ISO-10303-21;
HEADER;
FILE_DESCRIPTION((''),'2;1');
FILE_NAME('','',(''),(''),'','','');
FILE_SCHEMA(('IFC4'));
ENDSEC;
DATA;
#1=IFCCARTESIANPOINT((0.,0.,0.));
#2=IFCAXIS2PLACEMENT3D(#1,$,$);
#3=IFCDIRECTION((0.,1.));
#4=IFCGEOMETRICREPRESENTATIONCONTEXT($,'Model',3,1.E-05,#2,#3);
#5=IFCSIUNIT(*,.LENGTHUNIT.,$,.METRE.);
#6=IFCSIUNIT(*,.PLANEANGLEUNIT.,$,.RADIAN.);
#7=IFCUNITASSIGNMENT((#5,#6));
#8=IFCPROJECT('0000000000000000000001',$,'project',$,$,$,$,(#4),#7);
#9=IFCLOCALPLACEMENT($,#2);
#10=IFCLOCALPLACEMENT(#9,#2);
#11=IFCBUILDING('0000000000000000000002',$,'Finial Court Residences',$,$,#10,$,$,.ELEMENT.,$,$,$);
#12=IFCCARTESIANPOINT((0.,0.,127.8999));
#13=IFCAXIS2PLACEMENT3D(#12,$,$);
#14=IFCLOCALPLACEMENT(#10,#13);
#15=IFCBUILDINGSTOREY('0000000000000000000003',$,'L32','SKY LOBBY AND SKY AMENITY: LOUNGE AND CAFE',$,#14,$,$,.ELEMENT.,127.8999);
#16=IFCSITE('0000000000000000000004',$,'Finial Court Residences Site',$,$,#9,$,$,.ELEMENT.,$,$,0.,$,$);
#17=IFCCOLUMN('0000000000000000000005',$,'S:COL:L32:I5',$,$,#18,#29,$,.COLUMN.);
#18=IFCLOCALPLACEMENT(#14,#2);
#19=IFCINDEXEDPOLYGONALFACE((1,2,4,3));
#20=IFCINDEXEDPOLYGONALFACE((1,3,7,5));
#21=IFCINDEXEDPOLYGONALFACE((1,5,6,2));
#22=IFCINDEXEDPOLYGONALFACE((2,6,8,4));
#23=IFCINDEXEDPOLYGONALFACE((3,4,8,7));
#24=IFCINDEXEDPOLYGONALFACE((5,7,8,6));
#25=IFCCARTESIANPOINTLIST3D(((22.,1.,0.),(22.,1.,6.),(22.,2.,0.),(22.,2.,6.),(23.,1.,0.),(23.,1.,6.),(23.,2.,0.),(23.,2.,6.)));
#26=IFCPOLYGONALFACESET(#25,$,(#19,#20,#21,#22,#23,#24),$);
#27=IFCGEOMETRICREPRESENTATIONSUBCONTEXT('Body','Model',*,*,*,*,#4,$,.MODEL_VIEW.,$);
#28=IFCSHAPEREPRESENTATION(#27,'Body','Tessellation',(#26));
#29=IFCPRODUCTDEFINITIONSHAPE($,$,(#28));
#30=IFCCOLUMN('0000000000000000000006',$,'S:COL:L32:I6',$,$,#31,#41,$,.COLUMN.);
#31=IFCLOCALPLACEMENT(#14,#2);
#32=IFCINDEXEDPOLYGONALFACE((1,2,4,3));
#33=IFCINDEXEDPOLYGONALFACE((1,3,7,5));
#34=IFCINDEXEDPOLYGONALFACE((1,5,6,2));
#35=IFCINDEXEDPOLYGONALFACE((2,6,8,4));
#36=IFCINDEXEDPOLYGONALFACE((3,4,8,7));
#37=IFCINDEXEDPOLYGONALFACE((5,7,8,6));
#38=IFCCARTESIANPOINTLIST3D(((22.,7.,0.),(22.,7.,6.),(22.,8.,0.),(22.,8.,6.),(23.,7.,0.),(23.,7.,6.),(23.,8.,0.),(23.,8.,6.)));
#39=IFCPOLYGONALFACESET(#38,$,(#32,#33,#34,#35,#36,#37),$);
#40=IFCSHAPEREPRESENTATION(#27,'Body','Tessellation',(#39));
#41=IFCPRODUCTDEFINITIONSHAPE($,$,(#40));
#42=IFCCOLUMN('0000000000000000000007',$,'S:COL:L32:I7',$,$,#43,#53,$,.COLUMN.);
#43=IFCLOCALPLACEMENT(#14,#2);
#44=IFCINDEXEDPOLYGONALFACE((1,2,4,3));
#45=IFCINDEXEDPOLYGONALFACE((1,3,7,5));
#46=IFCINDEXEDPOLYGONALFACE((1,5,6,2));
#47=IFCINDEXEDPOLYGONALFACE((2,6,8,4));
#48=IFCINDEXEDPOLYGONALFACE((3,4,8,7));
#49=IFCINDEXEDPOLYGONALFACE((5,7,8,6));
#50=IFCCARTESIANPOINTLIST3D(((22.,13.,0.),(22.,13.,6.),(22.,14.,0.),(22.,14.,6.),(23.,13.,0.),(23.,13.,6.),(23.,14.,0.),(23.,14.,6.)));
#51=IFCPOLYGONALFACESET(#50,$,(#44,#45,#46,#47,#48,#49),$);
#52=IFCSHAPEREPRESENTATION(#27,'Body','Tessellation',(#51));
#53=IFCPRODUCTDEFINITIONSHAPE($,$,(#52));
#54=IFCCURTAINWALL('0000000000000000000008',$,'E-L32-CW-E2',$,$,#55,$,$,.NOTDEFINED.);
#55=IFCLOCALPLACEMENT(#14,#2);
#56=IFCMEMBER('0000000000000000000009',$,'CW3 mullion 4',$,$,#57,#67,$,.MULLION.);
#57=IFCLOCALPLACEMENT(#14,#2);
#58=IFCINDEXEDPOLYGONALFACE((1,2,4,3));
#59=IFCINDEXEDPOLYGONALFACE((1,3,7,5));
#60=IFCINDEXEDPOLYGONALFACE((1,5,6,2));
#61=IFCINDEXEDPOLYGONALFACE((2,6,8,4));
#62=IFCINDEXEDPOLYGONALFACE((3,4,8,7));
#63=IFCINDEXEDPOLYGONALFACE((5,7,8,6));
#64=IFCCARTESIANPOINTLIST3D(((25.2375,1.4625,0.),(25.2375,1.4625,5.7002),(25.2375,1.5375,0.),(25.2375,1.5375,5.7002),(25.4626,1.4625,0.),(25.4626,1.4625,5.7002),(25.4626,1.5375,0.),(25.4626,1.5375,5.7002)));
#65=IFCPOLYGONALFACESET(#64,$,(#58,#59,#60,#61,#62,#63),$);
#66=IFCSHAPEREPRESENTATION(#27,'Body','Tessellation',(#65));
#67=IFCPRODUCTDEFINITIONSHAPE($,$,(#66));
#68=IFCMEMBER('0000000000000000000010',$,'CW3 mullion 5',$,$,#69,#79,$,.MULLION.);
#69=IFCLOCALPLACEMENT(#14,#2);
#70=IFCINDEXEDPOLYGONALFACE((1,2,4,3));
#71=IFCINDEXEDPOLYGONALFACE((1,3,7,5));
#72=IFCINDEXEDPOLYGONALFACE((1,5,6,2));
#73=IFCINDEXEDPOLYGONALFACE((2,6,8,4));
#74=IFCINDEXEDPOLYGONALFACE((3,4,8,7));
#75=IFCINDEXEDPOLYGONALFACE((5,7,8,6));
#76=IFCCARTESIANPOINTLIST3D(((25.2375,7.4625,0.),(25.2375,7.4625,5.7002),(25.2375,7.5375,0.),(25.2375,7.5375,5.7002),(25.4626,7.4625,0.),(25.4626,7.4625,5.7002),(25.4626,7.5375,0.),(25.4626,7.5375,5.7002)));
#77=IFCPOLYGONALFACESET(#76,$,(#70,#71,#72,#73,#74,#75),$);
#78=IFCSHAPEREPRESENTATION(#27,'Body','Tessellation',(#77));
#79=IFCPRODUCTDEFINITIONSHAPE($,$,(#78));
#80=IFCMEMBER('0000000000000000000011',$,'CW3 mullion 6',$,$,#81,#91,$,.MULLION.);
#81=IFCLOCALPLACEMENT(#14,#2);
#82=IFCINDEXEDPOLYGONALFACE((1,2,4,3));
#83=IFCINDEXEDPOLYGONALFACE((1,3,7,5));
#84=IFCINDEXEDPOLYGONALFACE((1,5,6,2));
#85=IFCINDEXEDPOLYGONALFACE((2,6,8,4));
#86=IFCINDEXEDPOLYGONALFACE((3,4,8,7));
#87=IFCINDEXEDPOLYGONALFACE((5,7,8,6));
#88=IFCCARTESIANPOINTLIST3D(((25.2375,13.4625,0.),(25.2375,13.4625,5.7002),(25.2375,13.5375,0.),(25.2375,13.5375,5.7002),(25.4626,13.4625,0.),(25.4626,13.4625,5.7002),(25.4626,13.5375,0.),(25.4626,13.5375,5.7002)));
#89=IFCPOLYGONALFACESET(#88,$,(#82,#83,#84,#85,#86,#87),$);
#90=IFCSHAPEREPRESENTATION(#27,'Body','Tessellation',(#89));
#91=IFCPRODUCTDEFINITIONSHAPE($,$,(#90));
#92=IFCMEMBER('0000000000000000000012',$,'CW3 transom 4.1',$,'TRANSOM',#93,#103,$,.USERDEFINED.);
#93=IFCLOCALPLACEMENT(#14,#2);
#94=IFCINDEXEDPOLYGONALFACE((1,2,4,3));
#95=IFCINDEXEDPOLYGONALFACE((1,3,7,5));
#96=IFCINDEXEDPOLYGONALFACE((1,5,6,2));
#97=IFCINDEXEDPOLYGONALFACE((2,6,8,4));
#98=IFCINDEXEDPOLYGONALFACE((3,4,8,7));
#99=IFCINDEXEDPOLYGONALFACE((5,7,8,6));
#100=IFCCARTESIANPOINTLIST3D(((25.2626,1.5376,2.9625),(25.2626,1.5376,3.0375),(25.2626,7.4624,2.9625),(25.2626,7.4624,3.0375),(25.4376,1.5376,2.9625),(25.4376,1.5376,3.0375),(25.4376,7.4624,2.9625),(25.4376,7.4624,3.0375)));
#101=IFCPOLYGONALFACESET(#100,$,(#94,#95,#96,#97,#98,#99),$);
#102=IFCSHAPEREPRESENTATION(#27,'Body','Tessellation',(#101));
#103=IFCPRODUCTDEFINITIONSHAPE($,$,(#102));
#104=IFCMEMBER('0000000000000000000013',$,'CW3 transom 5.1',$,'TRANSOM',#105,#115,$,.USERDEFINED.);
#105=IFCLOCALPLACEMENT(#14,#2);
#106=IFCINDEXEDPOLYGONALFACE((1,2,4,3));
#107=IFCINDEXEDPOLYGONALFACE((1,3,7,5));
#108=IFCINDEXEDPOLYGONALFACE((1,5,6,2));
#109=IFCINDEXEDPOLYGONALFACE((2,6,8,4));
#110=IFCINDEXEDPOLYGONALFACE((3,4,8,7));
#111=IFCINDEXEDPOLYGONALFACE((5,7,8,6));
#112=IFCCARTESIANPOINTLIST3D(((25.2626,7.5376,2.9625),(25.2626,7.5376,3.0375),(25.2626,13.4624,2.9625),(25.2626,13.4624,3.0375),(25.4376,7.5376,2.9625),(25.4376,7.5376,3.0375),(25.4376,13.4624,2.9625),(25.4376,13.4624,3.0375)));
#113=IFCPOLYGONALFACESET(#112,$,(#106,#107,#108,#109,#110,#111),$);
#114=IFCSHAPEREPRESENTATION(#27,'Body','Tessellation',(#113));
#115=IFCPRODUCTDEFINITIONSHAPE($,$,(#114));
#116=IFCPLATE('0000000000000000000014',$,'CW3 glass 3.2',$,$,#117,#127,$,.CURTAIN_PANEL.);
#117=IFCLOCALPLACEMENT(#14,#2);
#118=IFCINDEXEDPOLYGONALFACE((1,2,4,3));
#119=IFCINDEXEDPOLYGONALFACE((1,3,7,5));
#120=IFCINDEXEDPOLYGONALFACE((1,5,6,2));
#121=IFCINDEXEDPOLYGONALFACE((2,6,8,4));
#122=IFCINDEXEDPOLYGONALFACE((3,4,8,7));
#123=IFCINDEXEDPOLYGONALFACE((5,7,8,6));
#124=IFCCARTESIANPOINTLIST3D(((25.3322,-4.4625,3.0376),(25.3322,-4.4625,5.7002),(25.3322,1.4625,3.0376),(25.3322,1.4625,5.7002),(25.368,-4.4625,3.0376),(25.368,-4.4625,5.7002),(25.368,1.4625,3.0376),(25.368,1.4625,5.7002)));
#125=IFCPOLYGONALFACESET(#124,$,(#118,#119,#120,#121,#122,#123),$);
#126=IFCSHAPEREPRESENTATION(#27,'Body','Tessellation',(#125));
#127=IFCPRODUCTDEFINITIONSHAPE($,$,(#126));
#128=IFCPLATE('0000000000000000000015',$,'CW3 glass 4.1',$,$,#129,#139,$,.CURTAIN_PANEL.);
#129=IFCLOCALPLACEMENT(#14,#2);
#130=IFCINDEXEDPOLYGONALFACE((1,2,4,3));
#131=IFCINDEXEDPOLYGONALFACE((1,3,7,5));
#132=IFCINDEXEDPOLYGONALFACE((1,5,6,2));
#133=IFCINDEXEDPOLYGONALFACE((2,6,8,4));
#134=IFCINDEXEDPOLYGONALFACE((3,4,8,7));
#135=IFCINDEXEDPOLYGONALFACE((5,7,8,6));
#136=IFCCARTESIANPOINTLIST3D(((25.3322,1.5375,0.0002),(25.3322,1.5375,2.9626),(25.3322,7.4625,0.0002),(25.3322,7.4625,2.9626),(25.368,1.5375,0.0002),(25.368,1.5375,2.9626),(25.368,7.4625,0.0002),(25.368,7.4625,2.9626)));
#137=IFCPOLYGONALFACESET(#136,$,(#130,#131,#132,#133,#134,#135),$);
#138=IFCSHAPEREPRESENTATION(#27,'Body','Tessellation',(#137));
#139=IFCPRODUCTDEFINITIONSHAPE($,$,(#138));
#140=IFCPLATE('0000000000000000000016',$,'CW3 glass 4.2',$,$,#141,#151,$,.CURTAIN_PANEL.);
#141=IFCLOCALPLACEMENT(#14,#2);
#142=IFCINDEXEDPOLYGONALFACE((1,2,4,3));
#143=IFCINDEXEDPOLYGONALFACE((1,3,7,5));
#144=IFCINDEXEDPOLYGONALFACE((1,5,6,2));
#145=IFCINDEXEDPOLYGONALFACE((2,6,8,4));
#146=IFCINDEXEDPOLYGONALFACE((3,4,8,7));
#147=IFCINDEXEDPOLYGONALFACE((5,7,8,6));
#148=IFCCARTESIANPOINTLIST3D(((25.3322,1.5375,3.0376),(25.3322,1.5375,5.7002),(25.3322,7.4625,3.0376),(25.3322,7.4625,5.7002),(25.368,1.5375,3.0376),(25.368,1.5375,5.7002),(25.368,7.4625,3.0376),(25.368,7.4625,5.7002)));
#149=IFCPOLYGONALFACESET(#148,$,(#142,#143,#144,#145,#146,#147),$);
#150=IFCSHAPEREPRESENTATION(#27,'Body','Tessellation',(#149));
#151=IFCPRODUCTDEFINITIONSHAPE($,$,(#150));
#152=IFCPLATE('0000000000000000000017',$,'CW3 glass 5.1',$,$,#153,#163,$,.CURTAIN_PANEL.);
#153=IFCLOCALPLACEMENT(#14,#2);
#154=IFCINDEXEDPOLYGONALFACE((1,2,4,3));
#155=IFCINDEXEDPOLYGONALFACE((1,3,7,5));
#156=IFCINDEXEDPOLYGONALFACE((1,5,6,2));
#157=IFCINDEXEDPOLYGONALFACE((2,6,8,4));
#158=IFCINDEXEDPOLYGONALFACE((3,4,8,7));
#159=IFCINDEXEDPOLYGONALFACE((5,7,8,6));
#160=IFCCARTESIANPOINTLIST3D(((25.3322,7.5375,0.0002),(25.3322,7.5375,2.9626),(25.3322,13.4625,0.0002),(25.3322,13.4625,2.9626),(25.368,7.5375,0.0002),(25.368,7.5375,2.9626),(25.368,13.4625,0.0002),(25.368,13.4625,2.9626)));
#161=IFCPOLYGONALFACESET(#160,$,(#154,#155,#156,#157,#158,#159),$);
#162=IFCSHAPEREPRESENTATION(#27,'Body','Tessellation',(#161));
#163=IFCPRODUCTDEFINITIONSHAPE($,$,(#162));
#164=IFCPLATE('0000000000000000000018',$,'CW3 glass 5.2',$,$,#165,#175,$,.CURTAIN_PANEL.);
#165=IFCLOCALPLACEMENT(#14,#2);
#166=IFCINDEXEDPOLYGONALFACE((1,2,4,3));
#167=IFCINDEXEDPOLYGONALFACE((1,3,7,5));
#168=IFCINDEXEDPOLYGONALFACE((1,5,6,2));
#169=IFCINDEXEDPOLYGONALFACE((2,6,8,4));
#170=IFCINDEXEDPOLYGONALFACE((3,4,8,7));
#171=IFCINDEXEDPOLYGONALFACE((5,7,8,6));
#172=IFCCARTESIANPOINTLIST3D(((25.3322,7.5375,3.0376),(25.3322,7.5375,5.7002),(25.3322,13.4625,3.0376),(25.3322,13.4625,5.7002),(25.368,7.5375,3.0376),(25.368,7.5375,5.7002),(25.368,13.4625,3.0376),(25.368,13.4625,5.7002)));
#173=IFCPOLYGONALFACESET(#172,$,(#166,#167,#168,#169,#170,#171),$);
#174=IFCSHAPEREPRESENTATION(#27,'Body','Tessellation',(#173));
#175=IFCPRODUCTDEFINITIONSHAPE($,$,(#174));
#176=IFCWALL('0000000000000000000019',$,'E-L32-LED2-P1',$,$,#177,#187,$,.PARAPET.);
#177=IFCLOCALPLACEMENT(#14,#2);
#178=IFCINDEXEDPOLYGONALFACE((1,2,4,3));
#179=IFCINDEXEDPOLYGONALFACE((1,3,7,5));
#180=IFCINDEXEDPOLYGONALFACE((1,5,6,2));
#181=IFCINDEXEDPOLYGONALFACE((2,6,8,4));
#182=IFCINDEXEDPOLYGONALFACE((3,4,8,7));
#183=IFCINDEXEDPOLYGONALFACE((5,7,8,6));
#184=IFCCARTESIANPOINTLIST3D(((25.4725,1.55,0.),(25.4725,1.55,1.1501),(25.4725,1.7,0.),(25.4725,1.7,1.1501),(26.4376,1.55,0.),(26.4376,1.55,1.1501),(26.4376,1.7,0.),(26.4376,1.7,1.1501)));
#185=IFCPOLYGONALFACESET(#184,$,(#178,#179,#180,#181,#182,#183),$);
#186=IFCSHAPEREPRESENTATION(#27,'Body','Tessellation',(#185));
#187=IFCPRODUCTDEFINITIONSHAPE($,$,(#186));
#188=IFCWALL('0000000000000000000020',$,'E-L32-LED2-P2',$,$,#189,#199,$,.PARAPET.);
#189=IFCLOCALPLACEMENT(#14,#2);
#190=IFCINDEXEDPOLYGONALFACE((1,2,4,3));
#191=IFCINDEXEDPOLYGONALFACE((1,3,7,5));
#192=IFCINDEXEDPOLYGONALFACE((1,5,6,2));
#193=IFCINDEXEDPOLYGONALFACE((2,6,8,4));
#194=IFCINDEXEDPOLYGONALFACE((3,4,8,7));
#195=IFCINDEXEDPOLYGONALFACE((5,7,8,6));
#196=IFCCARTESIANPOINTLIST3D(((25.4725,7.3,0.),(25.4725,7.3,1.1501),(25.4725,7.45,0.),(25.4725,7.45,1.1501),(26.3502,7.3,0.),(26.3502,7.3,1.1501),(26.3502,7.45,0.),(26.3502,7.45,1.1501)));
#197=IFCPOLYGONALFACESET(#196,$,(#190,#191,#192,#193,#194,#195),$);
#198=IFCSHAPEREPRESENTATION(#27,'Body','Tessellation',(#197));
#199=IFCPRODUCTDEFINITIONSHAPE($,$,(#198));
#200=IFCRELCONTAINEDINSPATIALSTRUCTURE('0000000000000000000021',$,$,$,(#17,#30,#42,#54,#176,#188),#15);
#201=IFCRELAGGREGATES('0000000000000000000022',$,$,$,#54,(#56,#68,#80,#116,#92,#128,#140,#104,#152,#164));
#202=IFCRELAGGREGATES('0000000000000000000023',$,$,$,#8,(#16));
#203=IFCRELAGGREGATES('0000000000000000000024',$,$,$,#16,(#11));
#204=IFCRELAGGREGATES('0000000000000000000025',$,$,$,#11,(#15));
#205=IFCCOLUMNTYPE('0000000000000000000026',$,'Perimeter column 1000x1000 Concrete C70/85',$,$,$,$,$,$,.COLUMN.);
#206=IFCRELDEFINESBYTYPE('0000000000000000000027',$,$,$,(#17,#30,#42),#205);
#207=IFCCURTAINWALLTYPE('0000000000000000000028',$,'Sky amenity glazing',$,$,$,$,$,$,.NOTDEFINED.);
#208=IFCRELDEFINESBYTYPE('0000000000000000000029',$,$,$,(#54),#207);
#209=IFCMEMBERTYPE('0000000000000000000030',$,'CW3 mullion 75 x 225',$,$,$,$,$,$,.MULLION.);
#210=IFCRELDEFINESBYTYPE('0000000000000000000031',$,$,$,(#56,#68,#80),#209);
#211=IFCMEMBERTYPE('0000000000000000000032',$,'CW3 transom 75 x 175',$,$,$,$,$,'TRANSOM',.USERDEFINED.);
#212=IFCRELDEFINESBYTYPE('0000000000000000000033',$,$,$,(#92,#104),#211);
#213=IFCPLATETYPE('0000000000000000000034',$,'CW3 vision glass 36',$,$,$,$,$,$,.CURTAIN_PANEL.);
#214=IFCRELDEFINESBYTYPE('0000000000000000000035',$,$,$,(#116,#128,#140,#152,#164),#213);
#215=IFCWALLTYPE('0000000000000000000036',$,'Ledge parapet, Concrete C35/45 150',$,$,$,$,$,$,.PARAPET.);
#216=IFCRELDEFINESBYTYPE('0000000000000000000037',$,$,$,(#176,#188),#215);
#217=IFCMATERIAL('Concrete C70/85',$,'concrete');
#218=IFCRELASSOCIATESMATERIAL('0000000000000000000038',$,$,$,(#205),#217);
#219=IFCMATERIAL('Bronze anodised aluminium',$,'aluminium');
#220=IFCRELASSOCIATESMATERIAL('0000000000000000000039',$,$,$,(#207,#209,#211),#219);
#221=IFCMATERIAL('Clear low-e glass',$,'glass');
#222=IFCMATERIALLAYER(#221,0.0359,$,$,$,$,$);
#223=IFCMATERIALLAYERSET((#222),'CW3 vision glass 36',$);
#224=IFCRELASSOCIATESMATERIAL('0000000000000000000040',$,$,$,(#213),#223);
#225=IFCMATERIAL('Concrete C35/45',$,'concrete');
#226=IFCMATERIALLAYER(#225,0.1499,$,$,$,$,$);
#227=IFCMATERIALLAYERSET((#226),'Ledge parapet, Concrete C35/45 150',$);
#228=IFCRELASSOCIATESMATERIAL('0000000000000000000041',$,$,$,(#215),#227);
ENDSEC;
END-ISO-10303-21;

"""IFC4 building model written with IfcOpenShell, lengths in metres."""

from ifc_helpers import new_model, si_unit, direction, frame, frame_2d, origin, origin_2d, place, context, subcontext, project, spatial, rectangle, extrude, material, layer, layer_set, material_profile, profile_set, type_object, element, aggregate, save


model = new_model("IFC4")

# Units and contexts
model_context = context("Model", 3, precision=1e-05, world=origin(), true_north=direction((0.0, 1.0)))
body_context = subcontext(model_context, "Body", "Model", "MODEL_VIEW")
ifc_project = project(units=[si_unit("LENGTHUNIT", "METRE"), si_unit("PLANEANGLEUNIT", "RADIAN")], contexts=[model_context])

# Site, building, storey
site_placement = place(None, origin())
site = spatial("IfcSite", under=ifc_project, at=site_placement, Name="Finial Court Residences Site", CompositionType="ELEMENT", RefElevation=0.0)
building_placement = place(site_placement, origin())
building = spatial("IfcBuilding", under=site, at=building_placement, Name="Finial Court Residences", CompositionType="ELEMENT")
storey_placement = place(building_placement, frame((0.0, 0.0, 127.8999)))
storey = spatial("IfcBuildingStorey", under=building, at=storey_placement, Name="L32", Description="SKY LOBBY AND SKY AMENITY: LOUNGE AND CAFE", CompositionType="ELEMENT", Elevation=127.8999)

# Columns
ifc_material_1 = material(Name="Concrete C70/85", Category="concrete")
ifc_material_profile_1 = material_profile(ifc_material_1, rectangle(XDim=1.0, YDim=1.0, at=origin_2d()), Name="1000x1000")
ifc_profile_set_1 = profile_set([ifc_material_profile_1], Name="Concrete C70/85")
column_type = type_object("IfcColumnType", Name="Perimeter column 1000x1000 Concrete C70/85", PredefinedType="COLUMN", material=ifc_profile_set_1)
for number, where, z_axis, x_axis, name in (
    (1, (22.5, 1.5, 0.0), (0.0, 0.0, 1.0), (1.0, 0.0, 0.0), "S:COL:L32:I5"),
    (2, (22.5, 7.5, 0.0), (0.0, 0.0, 1.0), (1.0, 0.0, 0.0), "S:COL:L32:I6"),
    (3, (22.5, 13.5, 0.0), (0.0, 0.0, 1.0), (1.0, 0.0, 0.0), "S:COL:L32:I7"),
):
    element("IfcColumn", number, at=place(storey_placement, frame(where, z_axis=z_axis, x_axis=x_axis)), inside=storey, type_object=column_type, Name=name, PredefinedType="COLUMN", context=body_context, shape_type="SweptSolid", body=[
        extrude(rectangle(XDim=1.0, YDim=1.0, at=origin_2d()), origin(), (0.0, 0.0, 1.0), 6.0),
    ])

# Curtain wall, members, plates
ifc_material_2 = material(Name="Bronze anodised aluminium", Category="aluminium")
curtain_wall_type = type_object("IfcCurtainWallType", Name="Sky amenity glazing", PredefinedType="NOTDEFINED", material=ifc_material_2)
curtain_wall_placement = place(storey_placement, origin())
curtain_wall = element("IfcCurtainWall", 4, at=curtain_wall_placement, inside=storey, type_object=curtain_wall_type, Name="E-L32-CW-E2", PredefinedType="NOTDEFINED")
ifc_material_profile_2 = material_profile(ifc_material_2, rectangle(XDim=0.2251, YDim=0.075, at=origin_2d()), Name="CW3 mullion 75 x 225")
ifc_profile_set_2 = profile_set([ifc_material_profile_2], Name="Bronze anodised aluminium")
member_type_1 = type_object("IfcMemberType", Name="CW3 mullion 75 x 225", PredefinedType="MULLION", material=ifc_profile_set_2)
member_1_placement = place(storey_placement, frame((25.3501, 1.5, 0.0), z_axis=(0.0, 0.0, 1.0), x_axis=(-1.0, 0.0, 0.0)))
member_1 = element("IfcMember", 5, at=member_1_placement, type_object=member_type_1, Name="CW3 mullion 4", PredefinedType="MULLION", context=body_context, shape_type="SweptSolid", body=[
    extrude(rectangle(XDim=0.2251, YDim=0.075, at=origin_2d()), origin(), (0.0, 0.0, 1.0), 5.7002),
])
member_2_placement = place(storey_placement, frame((25.3501, 7.5, 0.0), z_axis=(0.0, 0.0, 1.0), x_axis=(-1.0, 0.0, 0.0)))
member_2 = element("IfcMember", 6, at=member_2_placement, type_object=member_type_1, Name="CW3 mullion 5", PredefinedType="MULLION", context=body_context, shape_type="SweptSolid", body=[
    extrude(rectangle(XDim=0.2251, YDim=0.075, at=origin_2d()), origin(), (0.0, 0.0, 1.0), 5.7002),
])
member_3_placement = place(storey_placement, frame((25.3501, 13.5, 0.0), z_axis=(0.0, 0.0, 1.0), x_axis=(-1.0, 0.0, 0.0)))
member_3 = element("IfcMember", 7, at=member_3_placement, type_object=member_type_1, Name="CW3 mullion 6", PredefinedType="MULLION", context=body_context, shape_type="SweptSolid", body=[
    extrude(rectangle(XDim=0.2251, YDim=0.075, at=origin_2d()), origin(), (0.0, 0.0, 1.0), 5.7002),
])
ifc_material_profile_3 = material_profile(ifc_material_2, rectangle(XDim=0.175, YDim=0.075, at=origin_2d()), Name="CW3 transom 75 x 175")
ifc_profile_set_3 = profile_set([ifc_material_profile_3], Name="Bronze anodised aluminium")
member_type_2 = type_object("IfcMemberType", Name="CW3 transom 75 x 175", ElementType="TRANSOM", PredefinedType="USERDEFINED", material=ifc_profile_set_3)
member_4_placement = place(storey_placement, frame((25.3501, 1.5376, 3.0), z_axis=(0.0, 1.0, 0.0), x_axis=(-1.0, 0.0, 0.0)))
member_4 = element("IfcMember", 8, at=member_4_placement, type_object=member_type_2, Name="CW3 transom 4.1", ObjectType="TRANSOM", PredefinedType="USERDEFINED", context=body_context, shape_type="SweptSolid", body=[
    extrude(rectangle(XDim=0.175, YDim=0.075, at=origin_2d()), origin(), (0.0, 0.0, 1.0), 5.9248),
])
member_5_placement = place(storey_placement, frame((25.3501, 7.5376, 3.0), z_axis=(0.0, 1.0, 0.0), x_axis=(-1.0, 0.0, 0.0)))
member_5 = element("IfcMember", 9, at=member_5_placement, type_object=member_type_2, Name="CW3 transom 5.1", ObjectType="TRANSOM", PredefinedType="USERDEFINED", context=body_context, shape_type="SweptSolid", body=[
    extrude(rectangle(XDim=0.175, YDim=0.075, at=origin_2d()), origin(), (0.0, 0.0, 1.0), 5.9248),
])
ifc_material_3 = material(Name="Clear low-e glass", Category="glass")
ifc_layer_1 = layer(ifc_material_3, 0.0359)
ifc_layer_set_1 = layer_set([ifc_layer_1], Name="CW3 vision glass 36")
plate_type = type_object("IfcPlateType", Name="CW3 vision glass 36", PredefinedType="CURTAIN_PANEL", material=ifc_layer_set_1)
plate_1_placement = place(storey_placement, frame((25.3501, -1.5, 3.0376), z_axis=(0.0, 0.0, 1.0), x_axis=(0.0, 1.0, 0.0)))
plate_1 = element("IfcPlate", 10, at=plate_1_placement, type_object=plate_type, Name="CW3 glass 3.2", PredefinedType="CURTAIN_PANEL", context=body_context, shape_type="SweptSolid", body=[
    extrude(rectangle(XDim=5.925, YDim=0.0359, at=origin_2d()), origin(), (0.0, 0.0, 1.0), 2.6626),
])
plate_2_placement = place(storey_placement, frame((25.3501, 4.5, 0.0002), z_axis=(0.0, 0.0, 1.0), x_axis=(0.0, 1.0, 0.0)))
plate_2 = element("IfcPlate", 11, at=plate_2_placement, type_object=plate_type, Name="CW3 glass 4.1", PredefinedType="CURTAIN_PANEL", context=body_context, shape_type="SweptSolid", body=[
    extrude(rectangle(XDim=5.925, YDim=0.0359, at=origin_2d()), origin(), (0.0, 0.0, 1.0), 2.9624),
])
plate_3_placement = place(storey_placement, frame((25.3501, 4.5, 3.0376), z_axis=(0.0, 0.0, 1.0), x_axis=(0.0, 1.0, 0.0)))
plate_3 = element("IfcPlate", 12, at=plate_3_placement, type_object=plate_type, Name="CW3 glass 4.2", PredefinedType="CURTAIN_PANEL", context=body_context, shape_type="SweptSolid", body=[
    extrude(rectangle(XDim=5.925, YDim=0.0359, at=origin_2d()), origin(), (0.0, 0.0, 1.0), 2.6626),
])
plate_4_placement = place(storey_placement, frame((25.3501, 10.5, 0.0002), z_axis=(0.0, 0.0, 1.0), x_axis=(0.0, 1.0, 0.0)))
plate_4 = element("IfcPlate", 13, at=plate_4_placement, type_object=plate_type, Name="CW3 glass 5.1", PredefinedType="CURTAIN_PANEL", context=body_context, shape_type="SweptSolid", body=[
    extrude(rectangle(XDim=5.925, YDim=0.0359, at=origin_2d()), origin(), (0.0, 0.0, 1.0), 2.9624),
])
plate_5_placement = place(storey_placement, frame((25.3501, 10.5, 3.0376), z_axis=(0.0, 0.0, 1.0), x_axis=(0.0, 1.0, 0.0)))
plate_5 = element("IfcPlate", 14, at=plate_5_placement, type_object=plate_type, Name="CW3 glass 5.2", PredefinedType="CURTAIN_PANEL", context=body_context, shape_type="SweptSolid", body=[
    extrude(rectangle(XDim=5.925, YDim=0.0359, at=origin_2d()), origin(), (0.0, 0.0, 1.0), 2.6626),
])
aggregate(curtain_wall, [member_1, member_2, member_3, plate_1, member_4, plate_2, plate_3, member_5, plate_4, plate_5])

# Walls
ifc_material_4 = material(Name="Concrete C35/45", Category="concrete")
ifc_layer_2 = layer(ifc_material_4, 0.1499)
ifc_layer_set_2 = layer_set([ifc_layer_2], Name="Ledge parapet, Concrete C35/45 150")
wall_type = type_object("IfcWallType", Name="Ledge parapet, Concrete C35/45 150", PredefinedType="PARAPET", material=ifc_layer_set_2)
wall_1_placement = place(storey_placement, frame((26.4375, 1.625, 0.0), z_axis=(0.0, 0.0, 1.0), x_axis=(-1.0, 0.0, 0.0)))
element("IfcWall", 15, at=wall_1_placement, inside=storey, type_object=wall_type, Name="E-L32-LED2-P1", PredefinedType="PARAPET", context=body_context, shape_type="SweptSolid", body=[
    extrude(rectangle(XDim=0.9651, YDim=0.1499, at=frame_2d((0.4824, 0.0))), origin(), (0.0, 0.0, 1.0), 1.1501),
])
wall_2_placement = place(storey_placement, frame((25.4724, 7.375, 0.0), z_axis=(0.0, 0.0, 1.0), x_axis=(1.0, 0.0, 0.0)))
element("IfcWall", 16, at=wall_2_placement, inside=storey, type_object=wall_type, Name="E-L32-LED2-P2", PredefinedType="PARAPET", context=body_context, shape_type="SweptSolid", body=[
    extrude(rectangle(XDim=0.8777, YDim=0.1499, at=frame_2d((0.439, 0.0))), origin(), (0.0, 0.0, 1.0), 1.1501),
])

save(model, "model.ifc")
